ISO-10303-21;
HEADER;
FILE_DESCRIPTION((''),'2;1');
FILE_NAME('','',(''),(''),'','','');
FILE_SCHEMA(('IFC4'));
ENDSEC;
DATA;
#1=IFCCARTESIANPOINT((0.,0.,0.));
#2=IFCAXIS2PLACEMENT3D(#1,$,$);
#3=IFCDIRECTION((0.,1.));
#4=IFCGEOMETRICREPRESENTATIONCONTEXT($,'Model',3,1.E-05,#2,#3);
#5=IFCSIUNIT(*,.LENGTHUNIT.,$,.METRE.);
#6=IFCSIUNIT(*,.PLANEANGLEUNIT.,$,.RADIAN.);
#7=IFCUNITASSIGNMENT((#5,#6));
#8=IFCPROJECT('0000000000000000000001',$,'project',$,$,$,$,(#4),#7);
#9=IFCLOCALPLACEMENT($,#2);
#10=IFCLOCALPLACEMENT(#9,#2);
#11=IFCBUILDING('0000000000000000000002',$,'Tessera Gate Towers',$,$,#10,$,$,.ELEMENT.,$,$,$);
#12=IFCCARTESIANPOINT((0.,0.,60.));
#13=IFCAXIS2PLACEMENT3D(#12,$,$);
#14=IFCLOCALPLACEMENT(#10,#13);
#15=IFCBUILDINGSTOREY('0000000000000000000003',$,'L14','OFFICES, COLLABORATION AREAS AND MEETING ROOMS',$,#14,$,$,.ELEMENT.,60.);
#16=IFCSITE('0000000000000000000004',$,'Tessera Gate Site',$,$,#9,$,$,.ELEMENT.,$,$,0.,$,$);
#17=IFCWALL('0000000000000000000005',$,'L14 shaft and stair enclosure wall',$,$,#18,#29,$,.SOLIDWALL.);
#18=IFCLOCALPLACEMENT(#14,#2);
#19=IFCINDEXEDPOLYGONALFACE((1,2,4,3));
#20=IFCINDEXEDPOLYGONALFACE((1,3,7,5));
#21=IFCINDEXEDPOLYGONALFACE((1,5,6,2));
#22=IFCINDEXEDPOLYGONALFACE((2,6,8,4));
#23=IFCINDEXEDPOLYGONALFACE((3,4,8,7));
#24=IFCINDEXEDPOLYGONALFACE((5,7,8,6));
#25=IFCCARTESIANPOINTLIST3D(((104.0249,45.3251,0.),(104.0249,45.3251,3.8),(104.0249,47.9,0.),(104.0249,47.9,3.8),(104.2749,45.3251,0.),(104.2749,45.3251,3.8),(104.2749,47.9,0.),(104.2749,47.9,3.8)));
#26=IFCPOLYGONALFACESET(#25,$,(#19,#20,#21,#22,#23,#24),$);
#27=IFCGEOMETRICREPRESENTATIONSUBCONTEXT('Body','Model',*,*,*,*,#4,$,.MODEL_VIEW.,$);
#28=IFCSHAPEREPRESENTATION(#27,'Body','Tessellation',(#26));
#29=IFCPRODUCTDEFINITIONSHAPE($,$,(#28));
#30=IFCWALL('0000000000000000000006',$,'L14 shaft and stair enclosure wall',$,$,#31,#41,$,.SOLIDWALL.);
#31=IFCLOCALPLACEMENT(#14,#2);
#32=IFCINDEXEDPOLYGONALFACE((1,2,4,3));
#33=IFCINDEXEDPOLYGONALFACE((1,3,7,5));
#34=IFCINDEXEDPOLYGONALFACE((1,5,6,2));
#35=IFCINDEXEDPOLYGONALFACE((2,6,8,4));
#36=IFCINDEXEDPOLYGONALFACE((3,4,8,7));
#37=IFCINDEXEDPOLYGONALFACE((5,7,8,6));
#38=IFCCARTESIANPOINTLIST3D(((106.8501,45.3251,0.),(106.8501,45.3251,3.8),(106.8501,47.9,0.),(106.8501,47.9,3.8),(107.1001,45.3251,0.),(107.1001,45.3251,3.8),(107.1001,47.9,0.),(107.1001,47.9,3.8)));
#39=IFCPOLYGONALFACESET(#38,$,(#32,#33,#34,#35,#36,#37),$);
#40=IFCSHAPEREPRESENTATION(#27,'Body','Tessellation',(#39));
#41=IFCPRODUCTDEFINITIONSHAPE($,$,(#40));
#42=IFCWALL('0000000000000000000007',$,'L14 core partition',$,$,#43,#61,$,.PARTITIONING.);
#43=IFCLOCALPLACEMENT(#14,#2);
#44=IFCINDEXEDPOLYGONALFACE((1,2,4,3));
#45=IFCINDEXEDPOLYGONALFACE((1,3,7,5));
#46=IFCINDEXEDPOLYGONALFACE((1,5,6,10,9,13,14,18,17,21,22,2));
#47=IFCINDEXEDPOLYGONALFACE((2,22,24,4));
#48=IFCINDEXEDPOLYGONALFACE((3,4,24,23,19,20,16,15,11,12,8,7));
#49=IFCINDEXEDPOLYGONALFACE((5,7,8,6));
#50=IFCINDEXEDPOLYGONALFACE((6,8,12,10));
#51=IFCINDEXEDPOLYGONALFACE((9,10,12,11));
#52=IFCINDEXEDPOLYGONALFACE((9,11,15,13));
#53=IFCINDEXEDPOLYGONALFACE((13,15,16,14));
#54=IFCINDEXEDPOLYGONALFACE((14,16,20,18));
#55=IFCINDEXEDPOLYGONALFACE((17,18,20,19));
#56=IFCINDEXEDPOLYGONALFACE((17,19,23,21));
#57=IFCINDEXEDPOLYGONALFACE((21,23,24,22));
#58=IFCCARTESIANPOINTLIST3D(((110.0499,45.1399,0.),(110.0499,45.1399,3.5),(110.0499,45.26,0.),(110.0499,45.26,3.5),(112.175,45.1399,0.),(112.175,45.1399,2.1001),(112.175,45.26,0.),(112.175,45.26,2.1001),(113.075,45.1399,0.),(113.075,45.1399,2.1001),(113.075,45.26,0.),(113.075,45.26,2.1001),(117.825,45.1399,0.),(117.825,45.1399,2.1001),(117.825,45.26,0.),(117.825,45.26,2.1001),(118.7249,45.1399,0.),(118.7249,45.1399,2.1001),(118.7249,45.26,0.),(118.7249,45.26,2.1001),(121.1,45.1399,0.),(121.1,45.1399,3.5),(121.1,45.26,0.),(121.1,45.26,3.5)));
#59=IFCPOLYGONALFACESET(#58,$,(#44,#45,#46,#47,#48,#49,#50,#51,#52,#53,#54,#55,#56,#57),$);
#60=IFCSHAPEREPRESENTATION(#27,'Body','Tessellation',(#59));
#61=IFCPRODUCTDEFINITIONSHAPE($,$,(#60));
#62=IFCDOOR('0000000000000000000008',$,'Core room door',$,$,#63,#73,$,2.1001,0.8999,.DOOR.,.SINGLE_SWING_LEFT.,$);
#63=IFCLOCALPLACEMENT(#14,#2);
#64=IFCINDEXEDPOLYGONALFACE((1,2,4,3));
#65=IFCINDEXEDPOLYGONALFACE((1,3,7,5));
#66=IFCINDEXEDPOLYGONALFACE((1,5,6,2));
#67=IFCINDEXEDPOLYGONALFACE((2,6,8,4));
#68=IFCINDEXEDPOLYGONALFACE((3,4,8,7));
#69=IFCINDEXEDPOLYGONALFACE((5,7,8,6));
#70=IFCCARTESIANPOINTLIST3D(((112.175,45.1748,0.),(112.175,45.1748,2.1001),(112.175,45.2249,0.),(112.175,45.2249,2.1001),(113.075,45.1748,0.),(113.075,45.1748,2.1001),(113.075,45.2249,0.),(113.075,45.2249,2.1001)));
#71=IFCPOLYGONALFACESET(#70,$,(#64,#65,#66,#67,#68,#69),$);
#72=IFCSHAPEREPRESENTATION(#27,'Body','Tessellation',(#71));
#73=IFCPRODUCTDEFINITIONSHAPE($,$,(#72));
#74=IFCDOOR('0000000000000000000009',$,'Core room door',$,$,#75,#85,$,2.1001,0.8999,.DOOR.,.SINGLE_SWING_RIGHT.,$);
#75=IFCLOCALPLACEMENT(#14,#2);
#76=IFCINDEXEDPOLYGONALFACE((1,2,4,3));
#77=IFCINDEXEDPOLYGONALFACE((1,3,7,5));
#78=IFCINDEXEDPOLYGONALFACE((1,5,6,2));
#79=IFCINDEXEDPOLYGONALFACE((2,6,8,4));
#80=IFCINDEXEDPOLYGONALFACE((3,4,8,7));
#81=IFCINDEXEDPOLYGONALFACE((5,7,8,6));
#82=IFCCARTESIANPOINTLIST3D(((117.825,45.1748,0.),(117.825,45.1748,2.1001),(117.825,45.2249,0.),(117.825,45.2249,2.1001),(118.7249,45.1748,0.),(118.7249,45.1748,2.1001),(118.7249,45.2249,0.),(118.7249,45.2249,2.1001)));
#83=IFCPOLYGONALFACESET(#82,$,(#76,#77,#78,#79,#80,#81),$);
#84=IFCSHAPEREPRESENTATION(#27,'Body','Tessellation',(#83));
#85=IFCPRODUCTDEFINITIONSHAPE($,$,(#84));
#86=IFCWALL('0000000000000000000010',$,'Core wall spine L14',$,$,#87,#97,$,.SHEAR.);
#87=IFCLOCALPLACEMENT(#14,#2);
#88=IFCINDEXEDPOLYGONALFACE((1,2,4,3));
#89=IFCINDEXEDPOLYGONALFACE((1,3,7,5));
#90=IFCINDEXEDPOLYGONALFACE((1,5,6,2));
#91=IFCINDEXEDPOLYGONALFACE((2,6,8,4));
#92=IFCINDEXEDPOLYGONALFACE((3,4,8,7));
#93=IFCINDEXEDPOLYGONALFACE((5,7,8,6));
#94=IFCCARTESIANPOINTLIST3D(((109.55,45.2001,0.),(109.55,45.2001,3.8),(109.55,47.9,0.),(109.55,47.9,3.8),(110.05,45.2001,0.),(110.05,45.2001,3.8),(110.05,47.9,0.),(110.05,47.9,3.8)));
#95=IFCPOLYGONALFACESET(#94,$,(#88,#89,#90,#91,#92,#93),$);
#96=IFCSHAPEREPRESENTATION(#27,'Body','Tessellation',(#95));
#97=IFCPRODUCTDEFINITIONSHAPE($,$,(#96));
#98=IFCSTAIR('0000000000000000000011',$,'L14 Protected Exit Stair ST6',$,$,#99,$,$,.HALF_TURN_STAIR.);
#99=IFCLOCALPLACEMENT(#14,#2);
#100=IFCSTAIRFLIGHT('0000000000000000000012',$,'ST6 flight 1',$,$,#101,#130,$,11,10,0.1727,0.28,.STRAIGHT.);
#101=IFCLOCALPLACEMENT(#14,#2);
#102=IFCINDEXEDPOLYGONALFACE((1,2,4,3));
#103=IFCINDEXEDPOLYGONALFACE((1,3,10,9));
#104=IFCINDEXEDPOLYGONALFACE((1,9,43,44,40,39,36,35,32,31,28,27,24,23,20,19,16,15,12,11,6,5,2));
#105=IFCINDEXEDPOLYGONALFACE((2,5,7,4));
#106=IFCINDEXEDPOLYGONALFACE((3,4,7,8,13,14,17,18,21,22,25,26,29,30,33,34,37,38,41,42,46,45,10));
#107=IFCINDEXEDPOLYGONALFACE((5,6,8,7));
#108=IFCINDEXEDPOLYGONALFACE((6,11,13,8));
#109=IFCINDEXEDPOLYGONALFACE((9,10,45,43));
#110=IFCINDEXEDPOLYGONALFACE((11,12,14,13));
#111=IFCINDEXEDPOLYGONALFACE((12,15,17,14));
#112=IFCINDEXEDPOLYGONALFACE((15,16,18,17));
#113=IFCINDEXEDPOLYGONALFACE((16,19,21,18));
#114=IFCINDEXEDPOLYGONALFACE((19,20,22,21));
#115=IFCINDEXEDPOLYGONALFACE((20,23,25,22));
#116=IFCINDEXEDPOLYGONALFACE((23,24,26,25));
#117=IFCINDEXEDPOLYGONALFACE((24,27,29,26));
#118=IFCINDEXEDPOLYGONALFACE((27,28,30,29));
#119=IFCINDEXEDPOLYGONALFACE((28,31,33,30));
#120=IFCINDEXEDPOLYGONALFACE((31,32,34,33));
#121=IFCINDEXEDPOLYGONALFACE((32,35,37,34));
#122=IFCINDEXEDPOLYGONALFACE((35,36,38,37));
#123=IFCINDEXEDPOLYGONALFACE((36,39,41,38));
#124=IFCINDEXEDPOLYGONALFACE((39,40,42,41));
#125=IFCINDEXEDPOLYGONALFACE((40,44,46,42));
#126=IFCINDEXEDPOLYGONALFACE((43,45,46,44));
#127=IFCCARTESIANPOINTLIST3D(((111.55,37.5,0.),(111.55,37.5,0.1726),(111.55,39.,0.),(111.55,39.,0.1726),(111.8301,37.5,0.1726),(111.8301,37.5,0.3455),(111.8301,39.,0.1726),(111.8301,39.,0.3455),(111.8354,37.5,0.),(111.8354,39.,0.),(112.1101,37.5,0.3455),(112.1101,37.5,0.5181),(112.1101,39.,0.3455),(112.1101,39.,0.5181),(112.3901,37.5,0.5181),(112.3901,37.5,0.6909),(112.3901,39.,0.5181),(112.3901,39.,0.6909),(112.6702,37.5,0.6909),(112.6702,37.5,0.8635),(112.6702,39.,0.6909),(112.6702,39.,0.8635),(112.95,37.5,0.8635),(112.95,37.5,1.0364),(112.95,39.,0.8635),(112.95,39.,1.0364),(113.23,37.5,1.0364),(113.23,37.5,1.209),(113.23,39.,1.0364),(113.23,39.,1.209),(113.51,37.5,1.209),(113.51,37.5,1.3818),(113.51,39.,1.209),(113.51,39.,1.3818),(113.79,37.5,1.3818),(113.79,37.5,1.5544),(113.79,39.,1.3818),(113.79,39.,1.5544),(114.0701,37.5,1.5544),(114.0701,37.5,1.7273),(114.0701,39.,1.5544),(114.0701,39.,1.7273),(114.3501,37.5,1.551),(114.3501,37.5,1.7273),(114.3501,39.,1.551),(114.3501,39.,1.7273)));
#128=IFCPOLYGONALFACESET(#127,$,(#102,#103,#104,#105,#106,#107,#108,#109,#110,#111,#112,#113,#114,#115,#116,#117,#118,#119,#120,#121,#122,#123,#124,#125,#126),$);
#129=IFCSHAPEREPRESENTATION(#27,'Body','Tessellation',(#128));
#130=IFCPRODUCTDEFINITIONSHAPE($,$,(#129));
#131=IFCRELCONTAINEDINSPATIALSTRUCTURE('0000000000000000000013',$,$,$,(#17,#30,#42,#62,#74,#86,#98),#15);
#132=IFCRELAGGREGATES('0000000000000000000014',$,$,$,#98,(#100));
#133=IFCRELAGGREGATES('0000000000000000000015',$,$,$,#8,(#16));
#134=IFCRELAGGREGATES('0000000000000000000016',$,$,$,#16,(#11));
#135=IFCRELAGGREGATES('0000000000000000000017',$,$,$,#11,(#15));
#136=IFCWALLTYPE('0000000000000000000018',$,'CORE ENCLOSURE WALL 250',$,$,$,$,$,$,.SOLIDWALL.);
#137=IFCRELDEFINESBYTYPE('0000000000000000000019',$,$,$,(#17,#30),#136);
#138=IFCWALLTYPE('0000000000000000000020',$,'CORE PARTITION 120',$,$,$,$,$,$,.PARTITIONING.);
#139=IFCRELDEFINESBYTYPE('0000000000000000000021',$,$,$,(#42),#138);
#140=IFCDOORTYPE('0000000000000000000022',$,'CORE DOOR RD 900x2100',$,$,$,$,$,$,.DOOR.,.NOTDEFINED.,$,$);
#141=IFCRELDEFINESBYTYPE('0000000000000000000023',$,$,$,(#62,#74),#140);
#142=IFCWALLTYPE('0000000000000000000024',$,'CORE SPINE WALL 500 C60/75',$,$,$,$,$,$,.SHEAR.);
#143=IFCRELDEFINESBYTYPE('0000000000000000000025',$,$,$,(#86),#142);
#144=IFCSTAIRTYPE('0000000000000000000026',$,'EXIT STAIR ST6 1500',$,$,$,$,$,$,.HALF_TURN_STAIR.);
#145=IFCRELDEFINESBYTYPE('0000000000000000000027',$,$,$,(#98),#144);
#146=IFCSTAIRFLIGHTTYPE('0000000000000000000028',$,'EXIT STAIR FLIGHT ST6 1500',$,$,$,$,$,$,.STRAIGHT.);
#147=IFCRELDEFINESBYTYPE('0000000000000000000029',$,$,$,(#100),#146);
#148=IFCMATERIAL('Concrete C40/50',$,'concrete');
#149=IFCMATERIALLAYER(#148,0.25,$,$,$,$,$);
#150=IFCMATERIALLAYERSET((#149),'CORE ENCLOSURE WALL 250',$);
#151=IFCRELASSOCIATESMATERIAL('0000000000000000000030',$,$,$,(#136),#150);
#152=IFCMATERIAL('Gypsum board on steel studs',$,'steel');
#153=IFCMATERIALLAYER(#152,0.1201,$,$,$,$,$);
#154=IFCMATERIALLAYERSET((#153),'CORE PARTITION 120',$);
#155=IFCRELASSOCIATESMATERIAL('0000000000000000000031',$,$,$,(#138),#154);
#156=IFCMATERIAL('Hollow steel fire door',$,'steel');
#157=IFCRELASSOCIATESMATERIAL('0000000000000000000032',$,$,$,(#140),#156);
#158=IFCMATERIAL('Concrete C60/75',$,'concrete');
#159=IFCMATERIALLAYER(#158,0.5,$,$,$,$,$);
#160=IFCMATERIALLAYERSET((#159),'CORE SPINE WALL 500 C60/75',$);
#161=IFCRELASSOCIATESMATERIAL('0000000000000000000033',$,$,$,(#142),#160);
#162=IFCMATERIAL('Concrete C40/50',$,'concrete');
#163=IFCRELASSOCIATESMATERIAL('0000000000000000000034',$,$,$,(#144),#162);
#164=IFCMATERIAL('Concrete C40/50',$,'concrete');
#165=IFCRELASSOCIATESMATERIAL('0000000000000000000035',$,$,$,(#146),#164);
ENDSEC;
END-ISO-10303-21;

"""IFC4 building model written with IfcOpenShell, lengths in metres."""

from ifc_helpers import new_model, si_unit, direction, frame, frame_2d, origin, place, context, subcontext, project, spatial, polyline, rectangle, outline, extrude, source, transform, mapped, material, layer, layer_set, type_object, element, fill, aggregate, save


model = new_model("IFC4")

# Units and contexts
model_context = context("Model", 3, precision=1e-05, world=origin(), true_north=direction((0.0, 1.0)))
body_context = subcontext(model_context, "Body", "Model", "MODEL_VIEW")
ifc_project = project(units=[si_unit("LENGTHUNIT", "METRE"), si_unit("PLANEANGLEUNIT", "RADIAN")], contexts=[model_context])

# Site, building, storey
site_placement = place(None, origin())
site = spatial("IfcSite", under=ifc_project, at=site_placement, Name="Tessera Gate Site", CompositionType="ELEMENT", RefElevation=0.0)
building_placement = place(site_placement, origin())
building = spatial("IfcBuilding", under=site, at=building_placement, Name="Tessera Gate Towers", CompositionType="ELEMENT")
storey_placement = place(building_placement, frame((0.0, 0.0, 60.0)))
storey = spatial("IfcBuildingStorey", under=building, at=storey_placement, Name="L14", Description="OFFICES, COLLABORATION AREAS AND MEETING ROOMS", CompositionType="ELEMENT", Elevation=60.0)

# Shared definitions
ifc_material_1 = material(Name="Concrete C40/50", Category="concrete")
ifc_layer_1 = layer(ifc_material_1, 0.25)
ifc_layer_set_1 = layer_set([ifc_layer_1], Name="CORE ENCLOSURE WALL 250")
wall_type_1 = type_object("IfcWallType", Name="CORE ENCLOSURE WALL 250", PredefinedType="SOLIDWALL", material=ifc_layer_set_1)

# Walls
for number, where, z_axis, x_axis, name in (
    (1, (104.1499, 45.325, 0.0), (0.0, 0.0, 1.0), (0.0, 1.0, 0.0), "L14 shaft and stair enclosure wall"),
    (2, (106.9751, 45.325, 0.0), (0.0, 0.0, 1.0), (0.0, 1.0, 0.0), "L14 shaft and stair enclosure wall"),
):
    element("IfcWall", number, at=place(storey_placement, frame(where, z_axis=z_axis, x_axis=x_axis)), inside=storey, type_object=wall_type_1, Name=name, PredefinedType="SOLIDWALL", context=body_context, shape_type="SweptSolid", body=[
        extrude(rectangle(XDim=2.575, YDim=0.25, at=frame_2d((1.2876, 0.0))), origin(), (0.0, 0.0, 1.0), 3.8),
    ])

# Wall, openings, doors
ifc_material_2 = material(Name="Gypsum board on steel studs", Category="steel")
ifc_layer_2 = layer(ifc_material_2, 0.1201)
ifc_layer_set_2 = layer_set([ifc_layer_2], Name="CORE PARTITION 120")
wall_type_2 = type_object("IfcWallType", Name="CORE PARTITION 120", PredefinedType="PARTITIONING", material=ifc_layer_set_2)
wall_1_placement = place(storey_placement, frame((110.05, 45.2, 0.0), z_axis=(0.0, 0.0, 1.0), x_axis=(1.0, 0.0, 0.0)))
wall_1 = element("IfcWall", 3, at=wall_1_placement, inside=storey, type_object=wall_type_2, Name="L14 core partition", PredefinedType="PARTITIONING", context=body_context, shape_type="SweptSolid", body=[
    extrude(rectangle(XDim=11.05, YDim=0.1201, at=frame_2d((5.5249, 0.0))), origin(), (0.0, 0.0, 1.0), 3.5),
])
shared_shape_1 = source(origin(), body_context, "Body", "SweptSolid", [
    extrude(rectangle(XDim=0.8999, YDim=2.1001, at=frame_2d((0.45, 1.05))), frame((0.0, 0.0701, 0.0), z_axis=(0.0, -1.0, 0.0), x_axis=(1.0, 0.0, 0.0)), (0.0, 0.0, 1.0), 0.1401),
])
opening_1_placement = place(wall_1_placement, frame((2.125, 0.0, 0.0)))
opening_1 = element("IfcOpeningElement", 4, at=opening_1_placement, cuts=wall_1, PredefinedType="OPENING", context=body_context, shape_type="MappedRepresentation", body=[
    mapped(shared_shape_1, transform((0.0, 0.0, 0.0), scale=1.0)),
])
opening_2_placement = place(wall_1_placement, frame((7.7749, 0.0, 0.0)))
opening_2 = element("IfcOpeningElement", 5, at=opening_2_placement, cuts=wall_1, PredefinedType="OPENING", context=body_context, shape_type="MappedRepresentation", body=[
    mapped(shared_shape_1, transform((0.0, 0.0, 0.0), scale=1.0)),
])
ifc_material_3 = material(Name="Hollow steel fire door", Category="steel")
door_type_1 = type_object("IfcDoorType", Name="CORE DOOR RD 900x2100", OperationType="NOTDEFINED", PredefinedType="DOOR", material=ifc_material_3)
shared_shape_2 = source(origin(), body_context, "Body", "SweptSolid", [
    extrude(rectangle(XDim=0.8999, YDim=2.1001, at=frame_2d((0.45, 1.05))), frame((0.0, 0.0249, 0.0), z_axis=(0.0, -1.0, 0.0), x_axis=(1.0, 0.0, 0.0)), (0.0, 0.0, 1.0), 0.05),
])
door_1_placement = place(opening_1_placement, origin())
door_1 = element("IfcDoor", 6, at=door_1_placement, inside=storey, type_object=door_type_1, Name="Core room door", OperationType="SINGLE_SWING_LEFT", OverallHeight=2.1001, OverallWidth=0.8999, PredefinedType="DOOR", context=body_context, shape_type="MappedRepresentation", body=[
    mapped(shared_shape_2, transform((0.0, 0.0, 0.0), scale=1.0)),
])
fill(opening_1, door_1)
door_2_placement = place(opening_2_placement, origin())
door_2 = element("IfcDoor", 7, at=door_2_placement, inside=storey, type_object=door_type_1, Name="Core room door", OperationType="SINGLE_SWING_RIGHT", OverallHeight=2.1001, OverallWidth=0.8999, PredefinedType="DOOR", context=body_context, shape_type="MappedRepresentation", body=[
    mapped(shared_shape_2, transform((0.0, 0.0, 0.0), scale=1.0)),
])
fill(opening_2, door_2)

# Wall
ifc_material_4 = material(Name="Concrete C60/75", Category="concrete")
ifc_layer_3 = layer(ifc_material_4, 0.5)
ifc_layer_set_3 = layer_set([ifc_layer_3], Name="CORE SPINE WALL 500 C60/75")
wall_type_3 = type_object("IfcWallType", Name="CORE SPINE WALL 500 C60/75", PredefinedType="SHEAR", material=ifc_layer_set_3)
wall_2_placement = place(storey_placement, frame((109.8, 45.2, 0.0), z_axis=(0.0, 0.0, 1.0), x_axis=(0.0, 1.0, 0.0)))
element("IfcWall", 8, at=wall_2_placement, inside=storey, type_object=wall_type_3, Name="Core wall spine L14", PredefinedType="SHEAR", context=body_context, shape_type="SweptSolid", body=[
    extrude(rectangle(XDim=2.7, YDim=0.5, at=frame_2d((1.3501, 0.0))), origin(), (0.0, 0.0, 1.0), 3.8),
])

# Stair, stair flight
ifc_material_5 = material(Name="Concrete C40/50", Category="concrete")
stair_type = type_object("IfcStairType", Name="EXIT STAIR ST6 1500", PredefinedType="HALF_TURN_STAIR", material=ifc_material_5)
stair_placement = place(storey_placement, origin())
stair = element("IfcStair", 9, at=stair_placement, inside=storey, type_object=stair_type, Name="L14 Protected Exit Stair ST6", PredefinedType="HALF_TURN_STAIR")
ifc_material_6 = material(Name="Concrete C40/50", Category="concrete")
stair_flight_type = type_object("IfcStairFlightType", Name="EXIT STAIR FLIGHT ST6 1500", PredefinedType="STRAIGHT", material=ifc_material_6)
stair_flight_placement = place(storey_placement, frame((111.55, 38.25, 0.0), z_axis=(0.0, 0.0, 1.0), x_axis=(1.0, 0.0, 0.0)))
stair_flight = element("IfcStairFlight", 10, at=stair_flight_placement, type_object=stair_flight_type, Name="ST6 flight 1", NumberOfRisers=11, NumberOfTreads=10, PredefinedType="STRAIGHT", RiserHeight=0.1727, TreadLength=0.28, context=body_context, shape_type="SweptSolid", body=[
    extrude(outline(polyline([(0.0, 0.0), (0.0, 0.1726), (0.28, 0.1726), (0.28, 0.3455), (0.5601, 0.3455), (0.5601, 0.5181), (0.8401, 0.5181), (0.8401, 0.6909), (1.1201, 0.6909), (1.1201, 0.8635), (1.3999, 0.8635), (1.3999, 1.0364), (1.6799, 1.0364), (1.6799, 1.209), (1.96, 1.209), (1.96, 1.3818), (2.24, 1.3818), (2.24, 1.5544), (2.52, 1.5544), (2.52, 1.7273), (2.8, 1.7273), (2.8, 1.8999), (2.8, 1.551), (0.2854, 0.0), (0.0, 0.0)])), frame((0.0, 0.75, 0.0), z_axis=(0.0, -1.0, 0.0), x_axis=(1.0, 0.0, 0.0)), (0.0, 0.0, 1.0), 1.5),
])
aggregate(stair, [stair_flight])

save(model, "model.ifc")
